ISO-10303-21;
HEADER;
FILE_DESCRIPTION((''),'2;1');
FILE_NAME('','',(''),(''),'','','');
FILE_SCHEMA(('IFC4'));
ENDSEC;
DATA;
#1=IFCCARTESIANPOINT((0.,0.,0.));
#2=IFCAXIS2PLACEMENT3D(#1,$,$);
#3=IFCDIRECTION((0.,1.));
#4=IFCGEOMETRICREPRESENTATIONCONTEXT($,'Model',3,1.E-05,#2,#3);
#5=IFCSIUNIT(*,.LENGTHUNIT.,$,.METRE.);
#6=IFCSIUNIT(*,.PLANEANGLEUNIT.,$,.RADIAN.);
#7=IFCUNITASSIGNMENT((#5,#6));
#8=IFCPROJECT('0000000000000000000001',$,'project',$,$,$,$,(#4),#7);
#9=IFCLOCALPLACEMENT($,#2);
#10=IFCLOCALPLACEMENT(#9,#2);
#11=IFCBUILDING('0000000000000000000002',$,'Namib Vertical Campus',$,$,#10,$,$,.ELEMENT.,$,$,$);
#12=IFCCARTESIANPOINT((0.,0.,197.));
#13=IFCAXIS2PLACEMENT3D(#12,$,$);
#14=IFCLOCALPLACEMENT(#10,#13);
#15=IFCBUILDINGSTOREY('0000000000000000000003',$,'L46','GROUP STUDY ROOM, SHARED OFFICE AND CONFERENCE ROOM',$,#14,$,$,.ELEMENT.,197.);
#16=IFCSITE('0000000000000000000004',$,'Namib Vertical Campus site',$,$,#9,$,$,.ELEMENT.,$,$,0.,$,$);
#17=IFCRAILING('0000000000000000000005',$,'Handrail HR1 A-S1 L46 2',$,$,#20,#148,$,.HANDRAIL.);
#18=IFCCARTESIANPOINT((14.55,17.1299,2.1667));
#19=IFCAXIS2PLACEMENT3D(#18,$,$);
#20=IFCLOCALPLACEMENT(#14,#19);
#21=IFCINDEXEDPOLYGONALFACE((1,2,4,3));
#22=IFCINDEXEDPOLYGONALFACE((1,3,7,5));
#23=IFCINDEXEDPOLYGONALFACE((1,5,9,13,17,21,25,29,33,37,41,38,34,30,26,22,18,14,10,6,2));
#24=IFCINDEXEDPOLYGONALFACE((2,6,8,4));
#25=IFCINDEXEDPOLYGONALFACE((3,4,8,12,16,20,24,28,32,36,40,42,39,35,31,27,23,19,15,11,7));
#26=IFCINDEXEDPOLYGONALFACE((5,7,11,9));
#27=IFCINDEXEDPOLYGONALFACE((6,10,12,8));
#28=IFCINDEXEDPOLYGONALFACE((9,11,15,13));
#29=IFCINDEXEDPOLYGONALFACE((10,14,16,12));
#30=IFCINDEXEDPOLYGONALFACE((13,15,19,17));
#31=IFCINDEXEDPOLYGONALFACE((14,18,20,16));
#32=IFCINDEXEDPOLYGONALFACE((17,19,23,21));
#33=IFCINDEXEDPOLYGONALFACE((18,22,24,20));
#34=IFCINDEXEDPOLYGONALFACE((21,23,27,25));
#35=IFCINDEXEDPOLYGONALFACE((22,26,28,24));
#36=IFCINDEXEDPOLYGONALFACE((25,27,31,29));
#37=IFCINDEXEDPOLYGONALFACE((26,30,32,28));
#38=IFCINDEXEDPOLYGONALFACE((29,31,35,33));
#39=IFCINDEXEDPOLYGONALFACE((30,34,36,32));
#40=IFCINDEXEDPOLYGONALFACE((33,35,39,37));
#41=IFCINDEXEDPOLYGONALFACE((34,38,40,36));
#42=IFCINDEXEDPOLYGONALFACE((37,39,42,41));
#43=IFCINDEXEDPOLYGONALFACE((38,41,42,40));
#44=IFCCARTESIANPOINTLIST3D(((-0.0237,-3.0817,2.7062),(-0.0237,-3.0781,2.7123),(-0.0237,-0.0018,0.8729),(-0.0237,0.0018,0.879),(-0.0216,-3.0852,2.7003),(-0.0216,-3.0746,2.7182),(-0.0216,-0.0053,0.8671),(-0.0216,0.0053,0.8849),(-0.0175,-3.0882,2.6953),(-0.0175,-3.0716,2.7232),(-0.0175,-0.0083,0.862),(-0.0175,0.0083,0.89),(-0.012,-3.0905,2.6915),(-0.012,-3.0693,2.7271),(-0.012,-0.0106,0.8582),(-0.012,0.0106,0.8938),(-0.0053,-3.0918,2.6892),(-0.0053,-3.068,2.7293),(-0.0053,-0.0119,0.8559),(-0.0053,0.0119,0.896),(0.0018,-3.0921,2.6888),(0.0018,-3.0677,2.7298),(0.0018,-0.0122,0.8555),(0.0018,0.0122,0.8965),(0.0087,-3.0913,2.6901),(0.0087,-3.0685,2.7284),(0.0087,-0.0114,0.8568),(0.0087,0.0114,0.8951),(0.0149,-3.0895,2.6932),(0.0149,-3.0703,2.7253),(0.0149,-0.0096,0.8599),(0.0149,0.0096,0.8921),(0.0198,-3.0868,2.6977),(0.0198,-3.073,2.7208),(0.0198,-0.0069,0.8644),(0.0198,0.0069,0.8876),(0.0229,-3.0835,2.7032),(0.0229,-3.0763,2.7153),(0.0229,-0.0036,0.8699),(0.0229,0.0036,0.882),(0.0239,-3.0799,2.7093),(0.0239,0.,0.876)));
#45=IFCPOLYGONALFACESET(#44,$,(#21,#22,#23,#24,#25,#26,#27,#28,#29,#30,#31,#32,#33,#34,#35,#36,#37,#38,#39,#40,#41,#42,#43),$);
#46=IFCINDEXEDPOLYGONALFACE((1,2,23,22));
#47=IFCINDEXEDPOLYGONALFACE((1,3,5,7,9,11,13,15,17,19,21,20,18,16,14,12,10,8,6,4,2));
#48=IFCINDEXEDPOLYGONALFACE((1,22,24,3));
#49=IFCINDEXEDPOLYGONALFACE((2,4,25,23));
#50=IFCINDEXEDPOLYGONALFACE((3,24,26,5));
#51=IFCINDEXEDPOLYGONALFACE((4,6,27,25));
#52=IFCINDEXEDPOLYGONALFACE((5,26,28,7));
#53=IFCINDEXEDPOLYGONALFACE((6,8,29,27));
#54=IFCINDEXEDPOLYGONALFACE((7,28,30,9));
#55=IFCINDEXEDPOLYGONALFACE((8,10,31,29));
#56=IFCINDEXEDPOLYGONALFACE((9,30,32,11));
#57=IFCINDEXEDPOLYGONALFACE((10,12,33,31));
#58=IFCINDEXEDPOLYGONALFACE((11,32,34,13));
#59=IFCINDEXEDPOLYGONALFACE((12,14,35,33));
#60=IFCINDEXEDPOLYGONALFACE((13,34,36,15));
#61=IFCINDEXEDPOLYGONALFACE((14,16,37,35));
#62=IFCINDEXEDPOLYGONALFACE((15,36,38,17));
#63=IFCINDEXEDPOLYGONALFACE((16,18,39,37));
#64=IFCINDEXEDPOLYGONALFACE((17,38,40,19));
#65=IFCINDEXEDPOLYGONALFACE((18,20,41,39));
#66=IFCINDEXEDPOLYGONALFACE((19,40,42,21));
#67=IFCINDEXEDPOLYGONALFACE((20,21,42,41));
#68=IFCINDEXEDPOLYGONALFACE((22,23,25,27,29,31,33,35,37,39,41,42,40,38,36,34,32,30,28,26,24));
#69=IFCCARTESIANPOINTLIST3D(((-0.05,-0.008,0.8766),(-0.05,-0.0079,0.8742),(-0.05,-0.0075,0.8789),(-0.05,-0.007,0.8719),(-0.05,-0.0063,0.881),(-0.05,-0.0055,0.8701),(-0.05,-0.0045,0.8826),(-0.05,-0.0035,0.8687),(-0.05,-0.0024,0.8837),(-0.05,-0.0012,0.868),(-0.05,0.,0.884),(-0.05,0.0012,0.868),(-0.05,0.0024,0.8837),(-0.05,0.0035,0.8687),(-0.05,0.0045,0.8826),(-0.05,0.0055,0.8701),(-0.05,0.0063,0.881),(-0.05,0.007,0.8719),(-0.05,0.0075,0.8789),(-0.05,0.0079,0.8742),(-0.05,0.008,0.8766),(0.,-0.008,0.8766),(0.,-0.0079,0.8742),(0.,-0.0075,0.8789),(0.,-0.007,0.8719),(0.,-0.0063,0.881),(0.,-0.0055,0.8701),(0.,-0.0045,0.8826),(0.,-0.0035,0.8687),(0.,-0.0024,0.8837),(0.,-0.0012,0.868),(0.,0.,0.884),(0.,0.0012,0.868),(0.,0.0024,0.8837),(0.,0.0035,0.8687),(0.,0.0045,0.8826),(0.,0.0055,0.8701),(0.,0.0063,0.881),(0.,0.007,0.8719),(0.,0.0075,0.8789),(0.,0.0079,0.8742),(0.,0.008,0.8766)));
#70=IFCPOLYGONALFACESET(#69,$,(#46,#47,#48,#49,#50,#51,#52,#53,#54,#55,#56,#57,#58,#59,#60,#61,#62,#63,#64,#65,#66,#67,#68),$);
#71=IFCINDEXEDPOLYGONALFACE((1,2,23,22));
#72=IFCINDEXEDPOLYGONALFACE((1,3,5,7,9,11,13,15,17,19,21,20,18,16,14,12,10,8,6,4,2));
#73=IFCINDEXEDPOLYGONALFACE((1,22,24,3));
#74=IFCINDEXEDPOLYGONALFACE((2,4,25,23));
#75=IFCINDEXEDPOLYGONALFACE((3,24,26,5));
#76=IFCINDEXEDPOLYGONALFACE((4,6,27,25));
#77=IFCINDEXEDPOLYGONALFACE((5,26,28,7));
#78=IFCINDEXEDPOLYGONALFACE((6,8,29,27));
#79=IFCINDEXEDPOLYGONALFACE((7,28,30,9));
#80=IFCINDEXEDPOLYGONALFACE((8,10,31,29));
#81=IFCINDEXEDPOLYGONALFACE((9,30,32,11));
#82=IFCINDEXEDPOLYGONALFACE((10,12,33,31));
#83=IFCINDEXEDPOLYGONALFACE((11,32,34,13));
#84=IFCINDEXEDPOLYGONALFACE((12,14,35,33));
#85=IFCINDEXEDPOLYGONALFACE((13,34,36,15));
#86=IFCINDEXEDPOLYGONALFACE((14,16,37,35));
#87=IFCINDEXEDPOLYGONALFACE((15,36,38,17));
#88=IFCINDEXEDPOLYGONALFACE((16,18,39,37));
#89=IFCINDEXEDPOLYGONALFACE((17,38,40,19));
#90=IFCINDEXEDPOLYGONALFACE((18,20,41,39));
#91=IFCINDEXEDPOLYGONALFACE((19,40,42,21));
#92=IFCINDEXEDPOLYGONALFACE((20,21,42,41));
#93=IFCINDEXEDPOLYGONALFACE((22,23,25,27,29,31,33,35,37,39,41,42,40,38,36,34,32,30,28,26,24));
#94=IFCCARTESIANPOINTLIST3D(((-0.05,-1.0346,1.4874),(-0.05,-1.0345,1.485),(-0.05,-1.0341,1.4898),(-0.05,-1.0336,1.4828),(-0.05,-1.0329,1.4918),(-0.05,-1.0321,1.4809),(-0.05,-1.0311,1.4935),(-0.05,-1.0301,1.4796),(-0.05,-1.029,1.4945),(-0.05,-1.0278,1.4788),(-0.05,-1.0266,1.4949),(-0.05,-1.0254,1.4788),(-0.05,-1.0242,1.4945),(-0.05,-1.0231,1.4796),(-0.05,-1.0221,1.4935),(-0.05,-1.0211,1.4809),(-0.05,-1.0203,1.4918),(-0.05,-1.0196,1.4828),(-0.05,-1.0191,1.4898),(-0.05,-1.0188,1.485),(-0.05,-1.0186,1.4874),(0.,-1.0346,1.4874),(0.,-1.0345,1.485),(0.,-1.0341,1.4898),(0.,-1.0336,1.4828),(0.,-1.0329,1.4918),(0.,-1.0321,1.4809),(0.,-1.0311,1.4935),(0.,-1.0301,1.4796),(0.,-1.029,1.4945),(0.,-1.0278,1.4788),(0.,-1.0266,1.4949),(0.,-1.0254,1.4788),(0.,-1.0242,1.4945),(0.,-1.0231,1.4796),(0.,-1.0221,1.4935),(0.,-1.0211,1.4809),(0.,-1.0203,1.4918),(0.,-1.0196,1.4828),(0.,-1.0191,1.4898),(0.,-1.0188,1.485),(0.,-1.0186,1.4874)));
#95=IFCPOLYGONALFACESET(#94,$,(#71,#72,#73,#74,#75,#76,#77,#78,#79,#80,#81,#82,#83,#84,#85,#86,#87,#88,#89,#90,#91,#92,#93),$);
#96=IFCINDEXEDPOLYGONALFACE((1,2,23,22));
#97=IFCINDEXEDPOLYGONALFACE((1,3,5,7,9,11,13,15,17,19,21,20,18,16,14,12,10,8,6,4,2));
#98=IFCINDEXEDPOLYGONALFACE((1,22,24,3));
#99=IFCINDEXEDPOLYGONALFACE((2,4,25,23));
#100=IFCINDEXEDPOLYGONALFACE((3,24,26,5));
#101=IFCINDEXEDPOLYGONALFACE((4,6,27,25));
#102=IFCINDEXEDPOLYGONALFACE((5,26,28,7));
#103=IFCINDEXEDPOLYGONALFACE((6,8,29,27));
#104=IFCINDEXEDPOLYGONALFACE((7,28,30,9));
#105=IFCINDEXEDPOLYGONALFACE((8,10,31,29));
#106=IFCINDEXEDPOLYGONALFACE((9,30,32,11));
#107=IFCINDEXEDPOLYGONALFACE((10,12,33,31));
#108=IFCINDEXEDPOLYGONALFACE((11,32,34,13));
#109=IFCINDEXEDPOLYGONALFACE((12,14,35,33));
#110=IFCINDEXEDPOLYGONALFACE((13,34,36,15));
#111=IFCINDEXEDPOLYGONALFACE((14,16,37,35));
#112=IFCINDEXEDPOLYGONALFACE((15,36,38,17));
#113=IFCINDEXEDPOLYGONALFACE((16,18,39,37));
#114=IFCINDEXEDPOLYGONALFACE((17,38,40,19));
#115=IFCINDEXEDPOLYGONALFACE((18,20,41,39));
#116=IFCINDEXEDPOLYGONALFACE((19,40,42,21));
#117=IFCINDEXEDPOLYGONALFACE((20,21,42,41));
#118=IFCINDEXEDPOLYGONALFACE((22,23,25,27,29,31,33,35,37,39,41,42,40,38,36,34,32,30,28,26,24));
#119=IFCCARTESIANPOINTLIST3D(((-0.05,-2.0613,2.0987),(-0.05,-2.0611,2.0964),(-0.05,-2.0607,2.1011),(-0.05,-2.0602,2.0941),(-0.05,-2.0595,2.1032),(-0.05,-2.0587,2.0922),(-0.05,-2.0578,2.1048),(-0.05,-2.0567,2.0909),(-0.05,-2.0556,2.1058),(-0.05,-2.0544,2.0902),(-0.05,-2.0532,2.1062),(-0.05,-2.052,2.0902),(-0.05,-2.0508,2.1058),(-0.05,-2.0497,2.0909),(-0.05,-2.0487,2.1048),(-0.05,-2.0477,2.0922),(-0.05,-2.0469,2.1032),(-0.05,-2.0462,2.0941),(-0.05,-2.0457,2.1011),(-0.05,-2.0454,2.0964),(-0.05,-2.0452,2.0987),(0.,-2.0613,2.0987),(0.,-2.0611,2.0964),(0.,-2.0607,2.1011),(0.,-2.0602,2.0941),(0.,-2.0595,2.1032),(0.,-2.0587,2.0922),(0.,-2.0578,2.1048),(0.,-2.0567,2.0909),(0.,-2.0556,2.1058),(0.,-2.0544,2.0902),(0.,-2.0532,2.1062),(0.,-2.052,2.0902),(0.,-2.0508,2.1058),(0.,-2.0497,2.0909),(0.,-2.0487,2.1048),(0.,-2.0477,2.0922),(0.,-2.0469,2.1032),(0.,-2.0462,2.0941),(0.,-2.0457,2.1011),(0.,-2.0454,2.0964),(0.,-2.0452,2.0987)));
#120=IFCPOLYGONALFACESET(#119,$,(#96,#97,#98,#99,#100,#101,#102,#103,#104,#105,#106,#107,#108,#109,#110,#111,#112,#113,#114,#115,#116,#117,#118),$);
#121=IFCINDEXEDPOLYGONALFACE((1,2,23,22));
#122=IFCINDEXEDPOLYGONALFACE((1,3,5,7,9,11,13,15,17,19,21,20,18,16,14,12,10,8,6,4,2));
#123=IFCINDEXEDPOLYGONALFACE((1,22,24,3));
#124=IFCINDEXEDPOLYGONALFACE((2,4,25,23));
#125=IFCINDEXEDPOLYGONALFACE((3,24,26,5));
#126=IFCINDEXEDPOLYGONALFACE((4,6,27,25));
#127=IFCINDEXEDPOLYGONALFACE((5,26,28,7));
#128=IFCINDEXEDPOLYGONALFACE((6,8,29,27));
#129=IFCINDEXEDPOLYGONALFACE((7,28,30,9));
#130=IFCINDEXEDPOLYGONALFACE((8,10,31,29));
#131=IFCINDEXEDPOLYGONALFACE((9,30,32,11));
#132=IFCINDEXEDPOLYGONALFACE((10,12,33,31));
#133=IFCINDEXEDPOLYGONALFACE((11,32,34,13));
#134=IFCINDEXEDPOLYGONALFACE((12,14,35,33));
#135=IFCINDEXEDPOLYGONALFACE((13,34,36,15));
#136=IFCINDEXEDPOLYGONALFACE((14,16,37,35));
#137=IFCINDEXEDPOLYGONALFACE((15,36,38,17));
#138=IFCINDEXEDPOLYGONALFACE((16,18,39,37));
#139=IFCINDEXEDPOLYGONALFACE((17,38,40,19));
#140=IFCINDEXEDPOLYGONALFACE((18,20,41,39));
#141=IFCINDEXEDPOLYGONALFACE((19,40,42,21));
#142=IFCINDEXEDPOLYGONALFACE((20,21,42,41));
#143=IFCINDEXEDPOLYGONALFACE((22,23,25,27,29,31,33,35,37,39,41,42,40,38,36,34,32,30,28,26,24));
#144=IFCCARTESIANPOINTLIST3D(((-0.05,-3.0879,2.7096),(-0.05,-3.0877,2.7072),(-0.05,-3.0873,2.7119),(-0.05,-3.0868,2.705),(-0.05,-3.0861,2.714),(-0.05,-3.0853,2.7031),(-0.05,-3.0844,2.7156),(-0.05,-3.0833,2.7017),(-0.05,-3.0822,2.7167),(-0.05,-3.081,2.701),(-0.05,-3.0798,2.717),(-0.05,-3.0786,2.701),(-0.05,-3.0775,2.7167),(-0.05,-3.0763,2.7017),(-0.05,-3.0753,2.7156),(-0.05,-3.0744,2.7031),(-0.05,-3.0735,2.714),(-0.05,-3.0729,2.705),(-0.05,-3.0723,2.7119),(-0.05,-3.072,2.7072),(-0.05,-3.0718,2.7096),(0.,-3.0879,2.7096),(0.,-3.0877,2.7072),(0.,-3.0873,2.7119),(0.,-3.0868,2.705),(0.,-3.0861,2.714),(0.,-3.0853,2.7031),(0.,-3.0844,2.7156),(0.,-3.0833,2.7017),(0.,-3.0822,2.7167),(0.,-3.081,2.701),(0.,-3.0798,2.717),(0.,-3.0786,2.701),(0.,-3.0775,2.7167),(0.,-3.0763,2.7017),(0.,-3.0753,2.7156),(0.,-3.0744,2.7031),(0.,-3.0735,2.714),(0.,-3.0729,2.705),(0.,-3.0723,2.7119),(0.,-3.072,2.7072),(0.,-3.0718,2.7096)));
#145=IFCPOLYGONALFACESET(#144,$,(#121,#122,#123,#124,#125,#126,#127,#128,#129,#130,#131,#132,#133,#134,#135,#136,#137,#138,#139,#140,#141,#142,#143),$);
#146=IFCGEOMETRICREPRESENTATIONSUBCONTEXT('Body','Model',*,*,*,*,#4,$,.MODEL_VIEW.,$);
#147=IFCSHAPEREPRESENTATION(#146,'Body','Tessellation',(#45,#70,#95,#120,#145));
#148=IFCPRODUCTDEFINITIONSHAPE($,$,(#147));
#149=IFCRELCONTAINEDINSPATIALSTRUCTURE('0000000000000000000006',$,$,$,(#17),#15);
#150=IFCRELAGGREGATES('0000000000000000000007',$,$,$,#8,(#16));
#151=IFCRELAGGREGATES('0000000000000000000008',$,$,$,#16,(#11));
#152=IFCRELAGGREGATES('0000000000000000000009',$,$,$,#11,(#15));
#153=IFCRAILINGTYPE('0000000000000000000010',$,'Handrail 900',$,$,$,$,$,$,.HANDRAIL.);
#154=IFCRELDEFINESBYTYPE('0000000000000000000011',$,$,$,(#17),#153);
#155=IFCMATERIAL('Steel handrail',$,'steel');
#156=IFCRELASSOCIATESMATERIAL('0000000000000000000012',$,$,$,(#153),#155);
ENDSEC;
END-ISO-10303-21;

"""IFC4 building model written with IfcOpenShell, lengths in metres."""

from ifc_helpers import new_model, si_unit, direction, frame, origin, origin_2d, place, context, subcontext, project, spatial, circle, extrude, material, type_object, element, save


model = new_model("IFC4")

# Units and contexts
model_context = context("Model", 3, precision=1e-05, world=origin(), true_north=direction((0.0, 1.0)))
body_context = subcontext(model_context, "Body", "Model", "MODEL_VIEW")
ifc_project = project(units=[si_unit("LENGTHUNIT", "METRE"), si_unit("PLANEANGLEUNIT", "RADIAN")], contexts=[model_context])

# Site, building, storey
site_placement = place(None, origin())
site = spatial("IfcSite", under=ifc_project, at=site_placement, Name="Namib Vertical Campus site", CompositionType="ELEMENT", RefElevation=0.0)
building_placement = place(site_placement, origin())
building = spatial("IfcBuilding", under=site, at=building_placement, Name="Namib Vertical Campus", CompositionType="ELEMENT")
storey_placement = place(building_placement, frame((0.0, 0.0, 197.0)))
storey = spatial("IfcBuildingStorey", under=building, at=storey_placement, Name="L46", Description="GROUP STUDY ROOM, SHARED OFFICE AND CONFERENCE ROOM", CompositionType="ELEMENT", Elevation=197.0)

# Railing
ifc_material_1 = material(Name="Steel handrail", Category="steel")
railing_type = type_object("IfcRailingType", Name="Handrail 900", PredefinedType="HANDRAIL", material=ifc_material_1)
railing_1_placement = place(storey_placement, frame((14.55, 17.1299, 2.1667)))
element("IfcRailing", 1, at=railing_1_placement, inside=storey, type_object=railing_type, Name="Handrail HR1 A-S1 L46 2", PredefinedType="HANDRAIL", context=body_context, shape_type="SweptSolid", body=[
    extrude(circle(Radius=0.0239, at=origin_2d()), frame((0.0, 0.0, 0.876), z_axis=(0.0, -0.859291, 0.511487), x_axis=(1.0, 0.0, 0.0)), (0.0, 0.0, 1.0), 3.5842),
    extrude(circle(Radius=0.0081, at=origin_2d()), frame((0.0, 0.0, 0.876), z_axis=(-1.0, 0.0, 0.0), x_axis=(0.0, 0.0, 1.0)), (0.0, 0.0, 1.0), 0.05),
    extrude(circle(Radius=0.0081, at=origin_2d()), frame((0.0, -1.0266, 1.4868), z_axis=(-1.0, 0.0, 0.0), x_axis=(0.0, 0.0, 1.0)), (0.0, 0.0, 1.0), 0.05),
    extrude(circle(Radius=0.0081, at=origin_2d()), frame((0.0, -2.0532, 2.0981), z_axis=(-1.0, 0.0, 0.0), x_axis=(0.0, 0.0, 1.0)), (0.0, 0.0, 1.0), 0.05),
    extrude(circle(Radius=0.0081, at=origin_2d()), frame((0.0, -3.0798, 2.709), z_axis=(-1.0, 0.0, 0.0), x_axis=(0.0, 0.0, 1.0)), (0.0, 0.0, 1.0), 0.05),
])

save(model, "model.ifc")
